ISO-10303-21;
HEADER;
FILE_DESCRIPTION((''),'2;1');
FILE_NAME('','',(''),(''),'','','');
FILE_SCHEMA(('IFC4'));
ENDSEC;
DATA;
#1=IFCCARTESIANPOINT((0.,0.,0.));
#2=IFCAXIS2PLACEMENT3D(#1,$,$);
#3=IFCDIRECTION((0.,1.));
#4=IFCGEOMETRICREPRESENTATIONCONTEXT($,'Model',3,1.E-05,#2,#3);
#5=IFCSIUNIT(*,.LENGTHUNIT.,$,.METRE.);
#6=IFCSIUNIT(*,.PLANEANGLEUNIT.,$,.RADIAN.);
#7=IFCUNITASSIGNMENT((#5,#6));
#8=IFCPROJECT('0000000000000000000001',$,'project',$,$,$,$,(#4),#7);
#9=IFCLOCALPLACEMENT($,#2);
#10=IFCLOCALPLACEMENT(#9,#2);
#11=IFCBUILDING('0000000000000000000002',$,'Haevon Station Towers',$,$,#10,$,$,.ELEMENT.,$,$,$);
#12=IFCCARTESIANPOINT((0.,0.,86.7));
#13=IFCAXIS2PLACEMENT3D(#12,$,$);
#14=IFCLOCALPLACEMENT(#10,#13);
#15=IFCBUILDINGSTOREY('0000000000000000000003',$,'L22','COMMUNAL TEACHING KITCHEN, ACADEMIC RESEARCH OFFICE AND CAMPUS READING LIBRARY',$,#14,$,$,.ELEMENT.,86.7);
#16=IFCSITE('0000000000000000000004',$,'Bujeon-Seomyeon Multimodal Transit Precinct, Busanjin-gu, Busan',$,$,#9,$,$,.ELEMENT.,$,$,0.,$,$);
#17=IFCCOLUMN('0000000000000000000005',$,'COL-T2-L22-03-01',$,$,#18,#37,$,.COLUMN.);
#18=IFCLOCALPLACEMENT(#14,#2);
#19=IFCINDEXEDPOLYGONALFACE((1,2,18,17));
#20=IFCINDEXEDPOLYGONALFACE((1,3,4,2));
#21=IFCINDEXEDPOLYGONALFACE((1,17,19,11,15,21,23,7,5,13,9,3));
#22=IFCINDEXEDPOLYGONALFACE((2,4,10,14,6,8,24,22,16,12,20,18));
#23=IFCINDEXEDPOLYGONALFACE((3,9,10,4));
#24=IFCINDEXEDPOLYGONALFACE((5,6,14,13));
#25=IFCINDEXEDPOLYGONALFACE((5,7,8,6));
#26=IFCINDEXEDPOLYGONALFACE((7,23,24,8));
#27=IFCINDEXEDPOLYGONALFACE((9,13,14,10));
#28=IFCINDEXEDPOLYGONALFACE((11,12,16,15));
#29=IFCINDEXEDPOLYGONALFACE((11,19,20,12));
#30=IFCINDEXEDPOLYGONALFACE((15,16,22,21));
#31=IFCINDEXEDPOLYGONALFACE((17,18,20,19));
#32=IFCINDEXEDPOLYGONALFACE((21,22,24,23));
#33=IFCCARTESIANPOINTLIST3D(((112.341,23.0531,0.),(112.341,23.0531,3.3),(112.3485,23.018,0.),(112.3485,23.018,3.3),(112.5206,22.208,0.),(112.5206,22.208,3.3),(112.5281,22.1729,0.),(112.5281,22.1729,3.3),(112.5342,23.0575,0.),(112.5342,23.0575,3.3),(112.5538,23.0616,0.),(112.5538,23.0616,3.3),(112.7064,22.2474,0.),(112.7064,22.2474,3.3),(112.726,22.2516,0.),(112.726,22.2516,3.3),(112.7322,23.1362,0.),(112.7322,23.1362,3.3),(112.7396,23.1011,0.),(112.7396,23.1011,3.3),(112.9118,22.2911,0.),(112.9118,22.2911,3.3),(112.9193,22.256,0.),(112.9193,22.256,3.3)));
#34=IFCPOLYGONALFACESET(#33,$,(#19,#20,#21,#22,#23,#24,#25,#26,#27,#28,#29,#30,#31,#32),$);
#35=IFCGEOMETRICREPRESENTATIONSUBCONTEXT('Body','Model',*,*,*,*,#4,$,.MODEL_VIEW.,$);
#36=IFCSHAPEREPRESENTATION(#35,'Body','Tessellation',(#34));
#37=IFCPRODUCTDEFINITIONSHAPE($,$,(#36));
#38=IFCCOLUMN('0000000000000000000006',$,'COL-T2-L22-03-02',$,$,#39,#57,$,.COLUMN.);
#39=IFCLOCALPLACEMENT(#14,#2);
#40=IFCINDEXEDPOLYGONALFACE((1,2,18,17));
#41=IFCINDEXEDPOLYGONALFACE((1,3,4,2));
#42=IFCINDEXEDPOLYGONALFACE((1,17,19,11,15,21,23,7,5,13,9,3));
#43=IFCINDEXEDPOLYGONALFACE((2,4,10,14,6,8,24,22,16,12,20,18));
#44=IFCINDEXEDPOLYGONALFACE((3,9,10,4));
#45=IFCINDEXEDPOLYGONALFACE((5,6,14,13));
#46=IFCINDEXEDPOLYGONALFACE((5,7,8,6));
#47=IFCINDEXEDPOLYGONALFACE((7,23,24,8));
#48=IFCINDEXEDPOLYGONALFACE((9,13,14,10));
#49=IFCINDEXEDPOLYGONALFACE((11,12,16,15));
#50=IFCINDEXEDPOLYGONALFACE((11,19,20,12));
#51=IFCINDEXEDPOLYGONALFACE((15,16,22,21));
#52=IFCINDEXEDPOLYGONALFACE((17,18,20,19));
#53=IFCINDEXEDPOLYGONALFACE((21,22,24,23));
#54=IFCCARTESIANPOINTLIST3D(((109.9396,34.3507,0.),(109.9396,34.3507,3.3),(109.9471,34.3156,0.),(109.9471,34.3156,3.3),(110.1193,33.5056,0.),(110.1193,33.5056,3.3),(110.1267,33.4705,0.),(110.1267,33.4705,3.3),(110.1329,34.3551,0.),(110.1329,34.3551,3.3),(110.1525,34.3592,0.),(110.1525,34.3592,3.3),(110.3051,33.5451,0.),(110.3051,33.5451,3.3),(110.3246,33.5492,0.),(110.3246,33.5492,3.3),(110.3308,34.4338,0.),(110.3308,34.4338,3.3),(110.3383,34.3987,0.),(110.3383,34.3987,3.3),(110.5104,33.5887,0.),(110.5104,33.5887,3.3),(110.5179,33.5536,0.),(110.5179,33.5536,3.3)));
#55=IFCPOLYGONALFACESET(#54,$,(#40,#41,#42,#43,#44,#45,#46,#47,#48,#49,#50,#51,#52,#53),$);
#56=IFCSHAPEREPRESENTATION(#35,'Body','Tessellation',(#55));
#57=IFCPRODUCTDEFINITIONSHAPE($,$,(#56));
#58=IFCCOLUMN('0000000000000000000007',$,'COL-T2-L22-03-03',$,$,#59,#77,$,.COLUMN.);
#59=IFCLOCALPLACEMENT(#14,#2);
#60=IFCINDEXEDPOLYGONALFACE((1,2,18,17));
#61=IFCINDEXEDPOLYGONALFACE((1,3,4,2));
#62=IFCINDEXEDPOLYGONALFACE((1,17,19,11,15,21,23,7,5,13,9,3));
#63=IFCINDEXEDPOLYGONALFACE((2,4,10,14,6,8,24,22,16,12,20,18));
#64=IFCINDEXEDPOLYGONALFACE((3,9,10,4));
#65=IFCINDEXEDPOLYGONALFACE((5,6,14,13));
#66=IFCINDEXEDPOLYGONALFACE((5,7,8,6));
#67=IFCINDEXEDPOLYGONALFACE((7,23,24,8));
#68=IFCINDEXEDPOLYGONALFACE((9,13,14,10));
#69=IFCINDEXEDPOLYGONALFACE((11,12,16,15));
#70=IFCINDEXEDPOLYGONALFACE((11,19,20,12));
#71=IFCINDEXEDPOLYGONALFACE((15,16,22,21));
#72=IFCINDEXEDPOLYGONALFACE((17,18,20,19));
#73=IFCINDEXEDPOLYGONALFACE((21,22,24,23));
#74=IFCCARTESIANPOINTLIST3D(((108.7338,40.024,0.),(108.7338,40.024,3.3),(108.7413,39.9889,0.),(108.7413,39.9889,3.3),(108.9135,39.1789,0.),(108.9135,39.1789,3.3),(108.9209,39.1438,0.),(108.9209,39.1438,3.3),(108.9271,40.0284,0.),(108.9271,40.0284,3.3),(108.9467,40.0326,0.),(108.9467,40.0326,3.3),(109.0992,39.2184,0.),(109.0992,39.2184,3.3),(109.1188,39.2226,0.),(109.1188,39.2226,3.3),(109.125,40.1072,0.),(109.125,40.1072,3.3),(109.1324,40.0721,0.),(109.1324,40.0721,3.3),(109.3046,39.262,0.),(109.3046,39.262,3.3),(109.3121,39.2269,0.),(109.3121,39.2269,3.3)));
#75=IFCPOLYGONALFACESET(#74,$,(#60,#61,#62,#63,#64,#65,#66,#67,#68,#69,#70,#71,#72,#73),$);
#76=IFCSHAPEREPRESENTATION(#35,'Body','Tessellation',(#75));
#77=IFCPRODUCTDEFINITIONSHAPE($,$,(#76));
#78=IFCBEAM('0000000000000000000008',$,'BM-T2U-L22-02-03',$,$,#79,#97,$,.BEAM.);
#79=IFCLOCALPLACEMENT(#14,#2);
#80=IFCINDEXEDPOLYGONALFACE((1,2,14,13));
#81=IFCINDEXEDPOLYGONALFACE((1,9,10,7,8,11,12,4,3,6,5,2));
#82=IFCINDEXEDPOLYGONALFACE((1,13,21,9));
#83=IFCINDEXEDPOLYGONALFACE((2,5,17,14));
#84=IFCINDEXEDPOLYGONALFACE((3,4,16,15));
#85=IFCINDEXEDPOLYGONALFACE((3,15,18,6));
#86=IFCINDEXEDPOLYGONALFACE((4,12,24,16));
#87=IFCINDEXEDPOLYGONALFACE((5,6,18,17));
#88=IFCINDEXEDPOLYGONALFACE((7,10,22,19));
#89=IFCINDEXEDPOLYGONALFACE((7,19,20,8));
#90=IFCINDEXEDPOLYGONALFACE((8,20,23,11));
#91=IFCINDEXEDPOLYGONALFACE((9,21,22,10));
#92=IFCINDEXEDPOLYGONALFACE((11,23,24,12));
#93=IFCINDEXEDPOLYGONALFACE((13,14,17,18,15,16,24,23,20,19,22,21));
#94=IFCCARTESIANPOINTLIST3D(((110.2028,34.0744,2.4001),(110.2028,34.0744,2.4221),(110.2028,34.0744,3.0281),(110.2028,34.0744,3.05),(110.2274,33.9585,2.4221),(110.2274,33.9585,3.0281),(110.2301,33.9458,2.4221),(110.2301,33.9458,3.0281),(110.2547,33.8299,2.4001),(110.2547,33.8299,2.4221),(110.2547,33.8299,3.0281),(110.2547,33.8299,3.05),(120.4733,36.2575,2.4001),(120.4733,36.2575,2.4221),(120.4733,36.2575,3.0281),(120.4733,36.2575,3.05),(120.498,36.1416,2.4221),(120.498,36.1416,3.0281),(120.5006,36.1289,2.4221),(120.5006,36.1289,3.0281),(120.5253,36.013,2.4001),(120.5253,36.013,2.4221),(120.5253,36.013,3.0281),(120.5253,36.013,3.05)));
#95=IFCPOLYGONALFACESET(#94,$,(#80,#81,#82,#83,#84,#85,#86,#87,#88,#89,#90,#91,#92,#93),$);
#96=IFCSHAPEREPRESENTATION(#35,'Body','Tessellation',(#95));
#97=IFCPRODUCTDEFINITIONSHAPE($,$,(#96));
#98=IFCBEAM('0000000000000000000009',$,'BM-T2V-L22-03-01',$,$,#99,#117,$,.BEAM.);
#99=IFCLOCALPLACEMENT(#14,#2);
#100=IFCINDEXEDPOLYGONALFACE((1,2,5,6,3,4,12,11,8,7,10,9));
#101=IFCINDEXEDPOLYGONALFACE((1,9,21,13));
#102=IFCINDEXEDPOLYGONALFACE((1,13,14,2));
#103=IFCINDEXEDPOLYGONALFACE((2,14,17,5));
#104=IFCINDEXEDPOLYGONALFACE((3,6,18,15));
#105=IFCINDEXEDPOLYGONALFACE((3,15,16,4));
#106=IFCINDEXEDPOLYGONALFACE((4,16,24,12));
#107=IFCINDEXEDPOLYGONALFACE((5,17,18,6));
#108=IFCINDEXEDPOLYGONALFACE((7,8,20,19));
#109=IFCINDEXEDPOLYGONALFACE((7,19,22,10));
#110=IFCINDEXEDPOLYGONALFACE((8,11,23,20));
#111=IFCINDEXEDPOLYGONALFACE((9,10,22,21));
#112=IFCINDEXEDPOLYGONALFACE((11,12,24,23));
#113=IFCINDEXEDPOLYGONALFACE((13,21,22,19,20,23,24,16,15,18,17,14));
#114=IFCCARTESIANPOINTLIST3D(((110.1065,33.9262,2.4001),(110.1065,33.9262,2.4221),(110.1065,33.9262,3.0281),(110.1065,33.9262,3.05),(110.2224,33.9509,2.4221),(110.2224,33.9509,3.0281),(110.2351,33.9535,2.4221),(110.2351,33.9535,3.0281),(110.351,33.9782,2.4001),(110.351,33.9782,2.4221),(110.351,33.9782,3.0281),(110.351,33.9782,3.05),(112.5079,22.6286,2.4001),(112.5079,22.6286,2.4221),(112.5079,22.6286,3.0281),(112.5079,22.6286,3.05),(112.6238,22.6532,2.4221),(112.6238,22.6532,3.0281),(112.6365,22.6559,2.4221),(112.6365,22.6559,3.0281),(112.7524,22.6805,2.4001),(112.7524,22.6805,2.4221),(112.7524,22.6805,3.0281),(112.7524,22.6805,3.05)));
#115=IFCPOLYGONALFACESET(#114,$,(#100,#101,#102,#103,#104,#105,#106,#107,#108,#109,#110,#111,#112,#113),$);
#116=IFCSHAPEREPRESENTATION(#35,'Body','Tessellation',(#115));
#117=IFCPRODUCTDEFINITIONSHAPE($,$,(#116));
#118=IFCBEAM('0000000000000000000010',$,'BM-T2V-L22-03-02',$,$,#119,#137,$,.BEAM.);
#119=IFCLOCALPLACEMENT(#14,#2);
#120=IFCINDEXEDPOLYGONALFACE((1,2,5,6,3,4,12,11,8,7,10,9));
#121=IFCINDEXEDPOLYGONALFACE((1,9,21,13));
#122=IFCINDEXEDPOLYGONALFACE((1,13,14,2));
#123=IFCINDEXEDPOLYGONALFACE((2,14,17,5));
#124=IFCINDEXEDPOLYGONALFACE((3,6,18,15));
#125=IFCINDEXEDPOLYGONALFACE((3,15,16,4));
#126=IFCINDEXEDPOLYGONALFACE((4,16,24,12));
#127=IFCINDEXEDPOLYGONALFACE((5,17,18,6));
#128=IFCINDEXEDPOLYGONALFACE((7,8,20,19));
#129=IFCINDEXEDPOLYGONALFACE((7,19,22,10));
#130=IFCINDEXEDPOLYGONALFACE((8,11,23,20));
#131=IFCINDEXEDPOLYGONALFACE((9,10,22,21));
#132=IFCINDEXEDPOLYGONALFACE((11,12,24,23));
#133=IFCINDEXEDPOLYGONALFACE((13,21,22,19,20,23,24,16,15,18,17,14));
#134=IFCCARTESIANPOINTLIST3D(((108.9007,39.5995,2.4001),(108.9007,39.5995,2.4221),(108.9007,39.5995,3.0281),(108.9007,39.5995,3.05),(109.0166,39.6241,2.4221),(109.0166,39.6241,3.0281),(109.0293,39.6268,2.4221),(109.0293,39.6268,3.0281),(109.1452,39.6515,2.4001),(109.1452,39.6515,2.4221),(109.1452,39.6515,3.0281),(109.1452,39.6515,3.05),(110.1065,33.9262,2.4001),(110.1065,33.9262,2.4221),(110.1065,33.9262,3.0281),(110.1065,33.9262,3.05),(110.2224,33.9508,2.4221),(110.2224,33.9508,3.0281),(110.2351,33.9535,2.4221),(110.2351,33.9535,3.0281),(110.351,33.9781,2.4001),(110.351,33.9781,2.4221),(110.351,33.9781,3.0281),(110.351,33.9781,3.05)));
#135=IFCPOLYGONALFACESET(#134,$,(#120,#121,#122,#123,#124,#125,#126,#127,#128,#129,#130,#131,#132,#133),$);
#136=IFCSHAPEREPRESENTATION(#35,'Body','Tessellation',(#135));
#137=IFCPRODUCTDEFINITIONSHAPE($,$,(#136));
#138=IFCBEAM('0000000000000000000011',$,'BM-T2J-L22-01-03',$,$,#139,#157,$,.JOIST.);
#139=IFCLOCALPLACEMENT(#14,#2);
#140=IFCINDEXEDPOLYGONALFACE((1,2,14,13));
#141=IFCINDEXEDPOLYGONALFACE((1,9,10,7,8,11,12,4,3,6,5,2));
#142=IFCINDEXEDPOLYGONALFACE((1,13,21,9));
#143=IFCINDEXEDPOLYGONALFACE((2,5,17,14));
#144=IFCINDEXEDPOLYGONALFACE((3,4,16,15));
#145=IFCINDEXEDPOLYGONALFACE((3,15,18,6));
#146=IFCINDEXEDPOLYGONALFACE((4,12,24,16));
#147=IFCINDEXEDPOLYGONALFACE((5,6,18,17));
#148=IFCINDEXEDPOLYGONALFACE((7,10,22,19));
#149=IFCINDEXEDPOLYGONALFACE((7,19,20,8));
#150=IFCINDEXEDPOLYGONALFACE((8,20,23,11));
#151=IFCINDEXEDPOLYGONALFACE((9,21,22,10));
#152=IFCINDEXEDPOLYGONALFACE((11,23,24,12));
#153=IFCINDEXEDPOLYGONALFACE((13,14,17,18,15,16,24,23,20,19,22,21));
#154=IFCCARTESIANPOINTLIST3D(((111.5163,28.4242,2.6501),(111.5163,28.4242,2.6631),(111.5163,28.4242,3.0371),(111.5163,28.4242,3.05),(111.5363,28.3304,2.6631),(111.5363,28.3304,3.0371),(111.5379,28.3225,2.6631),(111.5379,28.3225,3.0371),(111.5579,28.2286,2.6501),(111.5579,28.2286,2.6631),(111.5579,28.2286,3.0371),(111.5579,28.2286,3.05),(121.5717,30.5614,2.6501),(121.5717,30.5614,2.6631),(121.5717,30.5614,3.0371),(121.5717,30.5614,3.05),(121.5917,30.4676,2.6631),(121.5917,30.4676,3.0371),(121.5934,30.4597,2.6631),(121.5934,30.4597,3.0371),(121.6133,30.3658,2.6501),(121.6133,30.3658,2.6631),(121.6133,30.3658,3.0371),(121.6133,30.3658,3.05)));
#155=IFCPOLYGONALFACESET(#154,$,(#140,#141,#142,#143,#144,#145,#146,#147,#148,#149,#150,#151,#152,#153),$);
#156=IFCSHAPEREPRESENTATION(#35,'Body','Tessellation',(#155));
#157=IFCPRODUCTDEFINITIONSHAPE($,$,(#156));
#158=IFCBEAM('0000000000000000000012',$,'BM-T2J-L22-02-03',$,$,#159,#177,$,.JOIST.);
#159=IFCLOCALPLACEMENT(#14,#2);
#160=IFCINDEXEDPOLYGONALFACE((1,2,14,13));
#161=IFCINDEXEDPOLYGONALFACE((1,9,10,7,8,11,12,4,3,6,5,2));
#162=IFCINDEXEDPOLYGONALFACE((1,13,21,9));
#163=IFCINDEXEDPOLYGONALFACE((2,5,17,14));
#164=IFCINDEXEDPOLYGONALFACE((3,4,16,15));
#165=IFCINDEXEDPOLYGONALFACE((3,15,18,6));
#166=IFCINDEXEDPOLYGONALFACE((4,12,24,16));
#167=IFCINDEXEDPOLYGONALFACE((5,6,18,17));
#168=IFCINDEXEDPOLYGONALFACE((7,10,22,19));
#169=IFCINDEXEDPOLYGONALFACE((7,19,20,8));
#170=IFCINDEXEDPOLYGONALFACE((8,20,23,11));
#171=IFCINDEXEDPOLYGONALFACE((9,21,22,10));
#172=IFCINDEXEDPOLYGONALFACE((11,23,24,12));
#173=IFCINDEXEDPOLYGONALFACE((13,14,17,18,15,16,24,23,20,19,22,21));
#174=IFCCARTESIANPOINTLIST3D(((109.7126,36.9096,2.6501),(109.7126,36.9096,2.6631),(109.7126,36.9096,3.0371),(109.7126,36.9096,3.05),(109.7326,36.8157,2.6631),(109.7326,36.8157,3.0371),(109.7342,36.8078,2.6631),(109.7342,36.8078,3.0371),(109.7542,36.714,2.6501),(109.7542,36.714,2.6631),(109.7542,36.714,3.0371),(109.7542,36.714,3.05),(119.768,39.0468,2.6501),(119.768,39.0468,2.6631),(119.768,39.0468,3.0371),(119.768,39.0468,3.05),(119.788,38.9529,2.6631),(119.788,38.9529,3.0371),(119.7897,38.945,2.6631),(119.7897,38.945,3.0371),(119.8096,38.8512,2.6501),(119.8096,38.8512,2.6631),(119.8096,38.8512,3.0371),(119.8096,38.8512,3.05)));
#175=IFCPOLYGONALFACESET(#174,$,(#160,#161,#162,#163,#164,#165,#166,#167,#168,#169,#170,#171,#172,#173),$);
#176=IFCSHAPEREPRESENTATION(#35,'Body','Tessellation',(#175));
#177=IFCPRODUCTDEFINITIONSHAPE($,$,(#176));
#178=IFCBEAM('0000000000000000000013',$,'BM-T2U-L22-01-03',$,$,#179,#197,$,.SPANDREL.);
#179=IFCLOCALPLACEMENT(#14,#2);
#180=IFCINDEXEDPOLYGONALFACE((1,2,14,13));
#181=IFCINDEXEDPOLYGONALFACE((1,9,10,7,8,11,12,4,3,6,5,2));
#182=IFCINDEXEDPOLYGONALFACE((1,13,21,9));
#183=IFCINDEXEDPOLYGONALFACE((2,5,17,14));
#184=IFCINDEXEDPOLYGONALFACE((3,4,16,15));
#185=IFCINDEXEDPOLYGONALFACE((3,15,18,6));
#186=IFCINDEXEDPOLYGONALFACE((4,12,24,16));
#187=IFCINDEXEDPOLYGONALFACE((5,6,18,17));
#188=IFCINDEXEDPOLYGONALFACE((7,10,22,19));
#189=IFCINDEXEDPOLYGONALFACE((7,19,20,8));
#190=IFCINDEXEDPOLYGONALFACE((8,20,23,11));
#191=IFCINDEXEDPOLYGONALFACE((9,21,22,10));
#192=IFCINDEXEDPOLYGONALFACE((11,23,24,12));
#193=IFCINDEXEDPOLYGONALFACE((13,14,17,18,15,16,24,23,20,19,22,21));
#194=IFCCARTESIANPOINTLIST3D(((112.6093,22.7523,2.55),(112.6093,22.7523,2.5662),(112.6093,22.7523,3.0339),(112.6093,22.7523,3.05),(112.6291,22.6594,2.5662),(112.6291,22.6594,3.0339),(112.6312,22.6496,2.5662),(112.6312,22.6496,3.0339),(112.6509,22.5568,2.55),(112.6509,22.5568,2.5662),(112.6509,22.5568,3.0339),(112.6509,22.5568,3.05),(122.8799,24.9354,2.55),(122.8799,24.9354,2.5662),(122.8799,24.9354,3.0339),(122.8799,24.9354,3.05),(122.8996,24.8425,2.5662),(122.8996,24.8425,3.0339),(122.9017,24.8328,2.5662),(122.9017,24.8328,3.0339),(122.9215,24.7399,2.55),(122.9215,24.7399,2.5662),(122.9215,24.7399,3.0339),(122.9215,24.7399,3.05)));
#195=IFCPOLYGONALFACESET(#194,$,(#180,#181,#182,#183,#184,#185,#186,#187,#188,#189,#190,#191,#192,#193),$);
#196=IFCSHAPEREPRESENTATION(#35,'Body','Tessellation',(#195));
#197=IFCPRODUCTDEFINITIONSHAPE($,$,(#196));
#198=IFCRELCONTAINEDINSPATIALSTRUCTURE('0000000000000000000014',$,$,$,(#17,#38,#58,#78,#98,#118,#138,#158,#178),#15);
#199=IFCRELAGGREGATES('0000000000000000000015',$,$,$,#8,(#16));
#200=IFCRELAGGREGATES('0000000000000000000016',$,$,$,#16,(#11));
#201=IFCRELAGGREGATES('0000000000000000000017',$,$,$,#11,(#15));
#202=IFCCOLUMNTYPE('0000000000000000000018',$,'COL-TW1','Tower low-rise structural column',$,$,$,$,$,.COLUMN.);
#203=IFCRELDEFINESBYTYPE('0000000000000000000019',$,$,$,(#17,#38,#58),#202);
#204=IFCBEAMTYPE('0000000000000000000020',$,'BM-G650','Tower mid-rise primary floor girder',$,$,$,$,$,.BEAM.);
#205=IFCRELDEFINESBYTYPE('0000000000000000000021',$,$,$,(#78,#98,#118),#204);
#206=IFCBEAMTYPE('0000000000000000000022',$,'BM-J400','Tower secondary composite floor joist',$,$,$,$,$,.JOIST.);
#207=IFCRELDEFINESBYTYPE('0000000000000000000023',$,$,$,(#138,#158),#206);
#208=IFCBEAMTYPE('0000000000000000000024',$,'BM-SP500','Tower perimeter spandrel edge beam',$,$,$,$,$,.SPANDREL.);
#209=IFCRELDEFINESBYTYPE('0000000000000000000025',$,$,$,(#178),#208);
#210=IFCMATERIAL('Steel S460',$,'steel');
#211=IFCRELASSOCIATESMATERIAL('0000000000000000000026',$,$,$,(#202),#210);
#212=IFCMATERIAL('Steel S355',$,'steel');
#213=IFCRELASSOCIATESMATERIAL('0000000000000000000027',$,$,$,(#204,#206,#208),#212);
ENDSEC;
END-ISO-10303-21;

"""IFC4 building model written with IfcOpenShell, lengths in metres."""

from ifc_helpers import new_model, si_unit, direction, frame, origin, origin_2d, place, context, subcontext, project, spatial, i_section, extrude, material, material_profile, profile_set, type_object, element, save


model = new_model("IFC4")

# Units and contexts
model_context = context("Model", 3, precision=1e-05, world=origin(), true_north=direction((0.0, 1.0)))
body_context = subcontext(model_context, "Body", "Model", "MODEL_VIEW")
ifc_project = project(units=[si_unit("LENGTHUNIT", "METRE"), si_unit("PLANEANGLEUNIT", "RADIAN")], contexts=[model_context])

# Site, building, storey
site_placement = place(None, origin())
site = spatial("IfcSite", under=ifc_project, at=site_placement, Name="Bujeon-Seomyeon Multimodal Transit Precinct, Busanjin-gu, Busan", CompositionType="ELEMENT", RefElevation=0.0)
building_placement = place(site_placement, origin())
building = spatial("IfcBuilding", under=site, at=building_placement, Name="Haevon Station Towers", CompositionType="ELEMENT")
storey_placement = place(building_placement, frame((0.0, 0.0, 86.7)))
storey = spatial("IfcBuildingStorey", under=building, at=storey_placement, Name="L22", Description="COMMUNAL TEACHING KITCHEN, ACADEMIC RESEARCH OFFICE AND CAMPUS READING LIBRARY", CompositionType="ELEMENT", Elevation=86.7)

# Columns
ifc_material_1 = material(Name="Steel S460", Category="steel")
ifc_material_profile_1 = material_profile(ifc_material_1, i_section(OverallWidth=0.3999, OverallDepth=0.8999, WebThickness=0.02, FlangeThickness=0.0359, at=origin_2d()), Name="H-900x400x20x36")
ifc_profile_set_1 = profile_set([ifc_material_profile_1], Name="Steel S460")
column_type = type_object("IfcColumnType", Name="COL-TW1", Description="Tower low-rise structural column", PredefinedType="COLUMN", material=ifc_profile_set_1)
for number, where, z_axis, x_axis, name in (
    (1, (112.6301, 22.6545, 0.0), (0.0, 0.0, 1.0), (0.978148, 0.207912, 0.0), "COL-T2-L22-03-01"),
    (2, (110.2288, 33.9521, 0.0), (0.0, 0.0, 1.0), (0.978148, 0.207912, 0.0), "COL-T2-L22-03-02"),
    (3, (109.0229, 39.6255, 0.0), (0.0, 0.0, 1.0), (0.978148, 0.207912, 0.0), "COL-T2-L22-03-03"),
):
    element("IfcColumn", number, at=place(storey_placement, frame(where, z_axis=z_axis, x_axis=x_axis)), inside=storey, type_object=column_type, Name=name, PredefinedType="COLUMN", context=body_context, shape_type="SweptSolid", body=[
        extrude(i_section(OverallWidth=0.3999, OverallDepth=0.8999, WebThickness=0.02, FlangeThickness=0.0359, at=origin_2d()), origin(), (0.0, 0.0, 1.0), 3.3),
    ])

# Beams
ifc_material_2 = material(Name="Steel S355", Category="steel")
ifc_material_profile_2 = material_profile(ifc_material_2, i_section(OverallWidth=0.25, OverallDepth=0.6499, WebThickness=0.0129, FlangeThickness=0.022, at=origin_2d()), Name="H-650x250x13x22")
ifc_profile_set_2 = profile_set([ifc_material_profile_2], Name="Steel S355")
beam_type_1 = type_object("IfcBeamType", Name="BM-G650", Description="Tower mid-rise primary floor girder", PredefinedType="BEAM", material=ifc_profile_set_2)
beam_1_placement = place(storey_placement, frame((110.2288, 33.9521, 2.7251), z_axis=(0.978147, 0.207915, 0.0), x_axis=(-0.207915, 0.978147, 0.0)))
element("IfcBeam", 4, at=beam_1_placement, inside=storey, type_object=beam_type_1, Name="BM-T2U-L22-02-03", PredefinedType="BEAM", context=body_context, shape_type="SweptSolid", body=[
    extrude(i_section(OverallWidth=0.25, OverallDepth=0.6499, WebThickness=0.0129, FlangeThickness=0.022, at=origin_2d()), origin(), (0.0, 0.0, 1.0), 10.5),
])
beam_2_placement = place(storey_placement, frame((112.6301, 22.6545, 2.7251), z_axis=(-0.207911, 0.978148, 0.0), x_axis=(-0.978148, -0.207911, 0.0)))
element("IfcBeam", 5, at=beam_2_placement, inside=storey, type_object=beam_type_1, Name="BM-T2V-L22-03-01", PredefinedType="BEAM", context=body_context, shape_type="SweptSolid", body=[
    extrude(i_section(OverallWidth=0.25, OverallDepth=0.6499, WebThickness=0.0129, FlangeThickness=0.022, at=origin_2d()), origin(), (0.0, 0.0, 1.0), 11.55),
])
beam_3_placement = place(storey_placement, frame((110.2288, 33.9521, 2.7251), z_axis=(-0.207896, 0.978151, 0.0), x_axis=(-0.978151, -0.207896, 0.0)))
element("IfcBeam", 6, at=beam_3_placement, inside=storey, type_object=beam_type_1, Name="BM-T2V-L22-03-02", PredefinedType="BEAM", context=body_context, shape_type="SweptSolid", body=[
    extrude(i_section(OverallWidth=0.25, OverallDepth=0.6499, WebThickness=0.0129, FlangeThickness=0.022, at=origin_2d()), origin(), (0.0, 0.0, 1.0), 5.8),
])
ifc_material_profile_3 = material_profile(ifc_material_2, i_section(OverallWidth=0.2, OverallDepth=0.3999, WebThickness=0.0081, FlangeThickness=0.0129, at=origin_2d()), Name="H-400x200x8x13")
ifc_profile_set_3 = profile_set([ifc_material_profile_3], Name="Steel S355")
beam_type_2 = type_object("IfcBeamType", Name="BM-J400", Description="Tower secondary composite floor joist", PredefinedType="JOIST", material=ifc_profile_set_3)
for number, where, z_axis, x_axis, name in (
    (7, (111.5371, 28.3264, 2.8501), (0.97815, 0.207899, 0.0), (-0.207899, 0.97815, 0.0), "BM-T2J-L22-01-03"),
    (8, (109.7334, 36.8118, 2.8501), (0.97815, 0.207899, 0.0), (-0.207899, 0.97815, 0.0), "BM-T2J-L22-02-03"),
):
    element("IfcBeam", number, at=place(storey_placement, frame(where, z_axis=z_axis, x_axis=x_axis)), inside=storey, type_object=beam_type_2, Name=name, PredefinedType="JOIST", context=body_context, shape_type="SweptSolid", body=[
        extrude(i_section(OverallWidth=0.2, OverallDepth=0.3999, WebThickness=0.0081, FlangeThickness=0.0129, at=origin_2d()), origin(), (0.0, 0.0, 1.0), 10.28),
    ])
ifc_material_profile_4 = material_profile(ifc_material_2, i_section(OverallWidth=0.2, OverallDepth=0.5, WebThickness=0.01, FlangeThickness=0.0161, at=origin_2d()), Name="H-500x200x10x16")
ifc_profile_set_4 = profile_set([ifc_material_profile_4], Name="Steel S355")
beam_type_3 = type_object("IfcBeamType", Name="BM-SP500", Description="Tower perimeter spandrel edge beam", PredefinedType="SPANDREL", material=ifc_profile_set_4)
beam_4_placement = place(storey_placement, frame((112.6301, 22.6545, 2.8), z_axis=(0.978147, 0.207915, 0.0), x_axis=(-0.207915, 0.978147, 0.0)))
element("IfcBeam", 9, at=beam_4_placement, inside=storey, type_object=beam_type_3, Name="BM-T2U-L22-01-03", PredefinedType="SPANDREL", context=body_context, shape_type="SweptSolid", body=[
    extrude(i_section(OverallWidth=0.2, OverallDepth=0.5, WebThickness=0.01, FlangeThickness=0.0161, at=origin_2d()), origin(), (0.0, 0.0, 1.0), 10.5),
])

save(model, "model.ifc")
